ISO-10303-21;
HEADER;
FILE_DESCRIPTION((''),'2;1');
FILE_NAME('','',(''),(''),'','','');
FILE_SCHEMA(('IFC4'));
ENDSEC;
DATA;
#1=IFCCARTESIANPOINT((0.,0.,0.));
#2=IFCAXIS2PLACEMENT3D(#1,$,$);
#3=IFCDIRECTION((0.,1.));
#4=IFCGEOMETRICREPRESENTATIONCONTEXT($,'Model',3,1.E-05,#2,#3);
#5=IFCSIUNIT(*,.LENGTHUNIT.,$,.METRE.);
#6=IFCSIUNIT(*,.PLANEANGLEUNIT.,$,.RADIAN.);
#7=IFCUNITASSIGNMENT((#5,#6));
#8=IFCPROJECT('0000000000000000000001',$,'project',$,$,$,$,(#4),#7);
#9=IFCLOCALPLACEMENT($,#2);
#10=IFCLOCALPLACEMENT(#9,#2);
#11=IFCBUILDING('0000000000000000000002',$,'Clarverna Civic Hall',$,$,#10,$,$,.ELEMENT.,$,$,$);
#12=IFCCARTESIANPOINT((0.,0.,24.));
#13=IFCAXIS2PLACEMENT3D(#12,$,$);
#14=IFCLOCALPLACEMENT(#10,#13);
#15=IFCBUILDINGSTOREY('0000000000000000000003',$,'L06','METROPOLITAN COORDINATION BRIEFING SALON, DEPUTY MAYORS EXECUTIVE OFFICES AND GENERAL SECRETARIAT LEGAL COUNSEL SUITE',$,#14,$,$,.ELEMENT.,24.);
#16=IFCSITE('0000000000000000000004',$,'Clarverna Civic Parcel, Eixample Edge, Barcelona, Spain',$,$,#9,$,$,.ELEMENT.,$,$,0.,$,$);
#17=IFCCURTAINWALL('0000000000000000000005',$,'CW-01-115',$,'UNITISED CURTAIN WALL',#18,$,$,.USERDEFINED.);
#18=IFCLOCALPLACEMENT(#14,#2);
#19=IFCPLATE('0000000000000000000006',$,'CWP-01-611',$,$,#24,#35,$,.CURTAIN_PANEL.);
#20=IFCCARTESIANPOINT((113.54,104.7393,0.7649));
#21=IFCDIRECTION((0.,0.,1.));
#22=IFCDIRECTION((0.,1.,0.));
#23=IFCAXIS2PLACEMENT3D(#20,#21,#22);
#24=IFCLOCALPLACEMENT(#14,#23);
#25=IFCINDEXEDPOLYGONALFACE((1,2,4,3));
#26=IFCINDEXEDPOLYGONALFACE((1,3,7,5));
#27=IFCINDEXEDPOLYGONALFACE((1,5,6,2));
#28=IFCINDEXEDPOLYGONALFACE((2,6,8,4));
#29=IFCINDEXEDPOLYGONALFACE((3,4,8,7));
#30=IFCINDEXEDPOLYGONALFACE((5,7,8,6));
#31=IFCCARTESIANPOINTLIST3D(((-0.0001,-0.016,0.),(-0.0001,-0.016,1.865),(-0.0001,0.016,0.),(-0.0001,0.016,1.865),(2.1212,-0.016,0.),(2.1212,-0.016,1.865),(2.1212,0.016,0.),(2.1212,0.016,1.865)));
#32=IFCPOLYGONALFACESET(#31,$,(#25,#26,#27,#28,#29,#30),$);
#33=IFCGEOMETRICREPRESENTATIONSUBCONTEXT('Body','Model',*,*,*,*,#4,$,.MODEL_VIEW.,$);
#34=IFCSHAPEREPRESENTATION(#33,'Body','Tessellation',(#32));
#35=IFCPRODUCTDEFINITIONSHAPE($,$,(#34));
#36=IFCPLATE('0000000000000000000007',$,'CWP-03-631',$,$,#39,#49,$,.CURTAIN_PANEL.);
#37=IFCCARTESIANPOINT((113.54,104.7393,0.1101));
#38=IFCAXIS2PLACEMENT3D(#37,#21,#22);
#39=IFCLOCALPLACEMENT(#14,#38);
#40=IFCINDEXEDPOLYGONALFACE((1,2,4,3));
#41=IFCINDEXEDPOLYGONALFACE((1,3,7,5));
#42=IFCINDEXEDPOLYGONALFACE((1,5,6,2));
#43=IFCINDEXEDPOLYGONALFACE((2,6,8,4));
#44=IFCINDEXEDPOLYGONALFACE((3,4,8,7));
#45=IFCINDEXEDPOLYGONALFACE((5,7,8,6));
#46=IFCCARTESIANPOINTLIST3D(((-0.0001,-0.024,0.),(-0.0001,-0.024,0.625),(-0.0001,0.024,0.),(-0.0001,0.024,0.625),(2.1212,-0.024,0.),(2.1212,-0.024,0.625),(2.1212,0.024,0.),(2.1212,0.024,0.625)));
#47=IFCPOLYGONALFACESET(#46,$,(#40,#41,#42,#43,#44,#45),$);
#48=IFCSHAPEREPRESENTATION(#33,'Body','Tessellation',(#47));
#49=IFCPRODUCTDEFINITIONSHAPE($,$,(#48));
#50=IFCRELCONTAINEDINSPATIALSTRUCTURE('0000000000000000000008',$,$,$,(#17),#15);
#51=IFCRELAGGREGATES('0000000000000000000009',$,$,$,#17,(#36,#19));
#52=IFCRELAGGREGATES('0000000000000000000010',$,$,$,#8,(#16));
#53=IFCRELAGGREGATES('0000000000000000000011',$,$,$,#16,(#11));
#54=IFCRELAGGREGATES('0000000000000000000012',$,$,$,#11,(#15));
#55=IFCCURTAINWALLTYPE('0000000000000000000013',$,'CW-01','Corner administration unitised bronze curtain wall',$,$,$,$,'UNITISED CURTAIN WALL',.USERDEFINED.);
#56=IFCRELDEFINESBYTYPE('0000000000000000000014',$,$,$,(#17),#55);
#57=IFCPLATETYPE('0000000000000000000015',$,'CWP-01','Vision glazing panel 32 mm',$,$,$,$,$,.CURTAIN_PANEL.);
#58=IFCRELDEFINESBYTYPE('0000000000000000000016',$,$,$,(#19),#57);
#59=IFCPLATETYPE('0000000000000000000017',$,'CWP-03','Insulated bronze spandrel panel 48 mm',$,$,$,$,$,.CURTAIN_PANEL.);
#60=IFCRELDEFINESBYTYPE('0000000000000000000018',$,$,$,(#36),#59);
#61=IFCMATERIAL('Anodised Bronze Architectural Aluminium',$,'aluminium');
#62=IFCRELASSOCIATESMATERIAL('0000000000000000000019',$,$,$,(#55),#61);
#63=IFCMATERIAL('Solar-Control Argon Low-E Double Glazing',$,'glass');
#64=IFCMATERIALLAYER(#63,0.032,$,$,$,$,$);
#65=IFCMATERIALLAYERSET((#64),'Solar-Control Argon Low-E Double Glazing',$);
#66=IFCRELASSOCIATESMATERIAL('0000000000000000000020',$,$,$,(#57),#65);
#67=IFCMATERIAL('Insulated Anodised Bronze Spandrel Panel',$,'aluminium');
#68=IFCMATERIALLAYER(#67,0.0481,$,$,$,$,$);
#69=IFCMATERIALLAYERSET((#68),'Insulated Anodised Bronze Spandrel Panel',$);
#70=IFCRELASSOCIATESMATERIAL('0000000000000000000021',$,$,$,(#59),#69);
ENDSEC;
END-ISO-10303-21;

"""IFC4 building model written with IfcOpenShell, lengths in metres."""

from ifc_helpers import new_model, si_unit, direction, frame, frame_2d, origin, place, context, subcontext, project, spatial, rectangle, extrude, material, layer, layer_set, type_object, element, aggregate, save


model = new_model("IFC4")

# Units and contexts
model_context = context("Model", 3, precision=1e-05, world=origin(), true_north=direction((0.0, 1.0)))
body_context = subcontext(model_context, "Body", "Model", "MODEL_VIEW")
ifc_project = project(units=[si_unit("LENGTHUNIT", "METRE"), si_unit("PLANEANGLEUNIT", "RADIAN")], contexts=[model_context])

# Site, building, storey
site_placement = place(None, origin())
site = spatial("IfcSite", under=ifc_project, at=site_placement, Name="Clarverna Civic Parcel, Eixample Edge, Barcelona, Spain", CompositionType="ELEMENT", RefElevation=0.0)
building_placement = place(site_placement, origin())
building = spatial("IfcBuilding", under=site, at=building_placement, Name="Clarverna Civic Hall", CompositionType="ELEMENT")
storey_placement = place(building_placement, frame((0.0, 0.0, 24.0)))
storey = spatial("IfcBuildingStorey", under=building, at=storey_placement, Name="L06", Description="METROPOLITAN COORDINATION BRIEFING SALON, DEPUTY MAYORS EXECUTIVE OFFICES AND GENERAL SECRETARIAT LEGAL COUNSEL SUITE", CompositionType="ELEMENT", Elevation=24.0)

# Curtain wall
ifc_material_1 = material(Name="Anodised Bronze Architectural Aluminium", Category="aluminium")
curtain_wall_type = type_object("IfcCurtainWallType", Name="CW-01", Description="Corner administration unitised bronze curtain wall", ElementType="UNITISED CURTAIN WALL", PredefinedType="USERDEFINED", material=ifc_material_1)
curtain_wall_1_placement = place(storey_placement, origin())
curtain_wall_1 = element("IfcCurtainWall", 1, at=curtain_wall_1_placement, inside=storey, type_object=curtain_wall_type, Name="CW-01-115", ObjectType="UNITISED CURTAIN WALL", PredefinedType="USERDEFINED")

# Plates
ifc_material_2 = material(Name="Solar-Control Argon Low-E Double Glazing", Category="glass")
ifc_layer_1 = layer(ifc_material_2, 0.032)
ifc_layer_set_1 = layer_set([ifc_layer_1], Name="Solar-Control Argon Low-E Double Glazing")
plate_type_1 = type_object("IfcPlateType", Name="CWP-01", Description="Vision glazing panel 32 mm", PredefinedType="CURTAIN_PANEL", material=ifc_layer_set_1)
plate_1_placement = place(storey_placement, frame((113.54, 104.7393, 0.7649), z_axis=(0.0, 0.0, 1.0), x_axis=(0.0, 1.0, 0.0)))
plate_1 = element("IfcPlate", 2, at=plate_1_placement, type_object=plate_type_1, Name="CWP-01-611", PredefinedType="CURTAIN_PANEL", context=body_context, shape_type="SweptSolid", body=[
    extrude(rectangle(XDim=2.1213, YDim=0.032, at=frame_2d((1.0605, 0.0))), origin(), (0.0, 0.0, 1.0), 1.865),
])
ifc_material_3 = material(Name="Insulated Anodised Bronze Spandrel Panel", Category="aluminium")
ifc_layer_2 = layer(ifc_material_3, 0.0481)
ifc_layer_set_2 = layer_set([ifc_layer_2], Name="Insulated Anodised Bronze Spandrel Panel")
plate_type_2 = type_object("IfcPlateType", Name="CWP-03", Description="Insulated bronze spandrel panel 48 mm", PredefinedType="CURTAIN_PANEL", material=ifc_layer_set_2)
plate_2_placement = place(storey_placement, frame((113.54, 104.7393, 0.1101), z_axis=(0.0, 0.0, 1.0), x_axis=(0.0, 1.0, 0.0)))
plate_2 = element("IfcPlate", 3, at=plate_2_placement, type_object=plate_type_2, Name="CWP-03-631", PredefinedType="CURTAIN_PANEL", context=body_context, shape_type="SweptSolid", body=[
    extrude(rectangle(XDim=2.1213, YDim=0.0481, at=frame_2d((1.0605, 0.0))), origin(), (0.0, 0.0, 1.0), 0.625),
])
aggregate(curtain_wall_1, [plate_2, plate_1])

save(model, "model.ifc")
